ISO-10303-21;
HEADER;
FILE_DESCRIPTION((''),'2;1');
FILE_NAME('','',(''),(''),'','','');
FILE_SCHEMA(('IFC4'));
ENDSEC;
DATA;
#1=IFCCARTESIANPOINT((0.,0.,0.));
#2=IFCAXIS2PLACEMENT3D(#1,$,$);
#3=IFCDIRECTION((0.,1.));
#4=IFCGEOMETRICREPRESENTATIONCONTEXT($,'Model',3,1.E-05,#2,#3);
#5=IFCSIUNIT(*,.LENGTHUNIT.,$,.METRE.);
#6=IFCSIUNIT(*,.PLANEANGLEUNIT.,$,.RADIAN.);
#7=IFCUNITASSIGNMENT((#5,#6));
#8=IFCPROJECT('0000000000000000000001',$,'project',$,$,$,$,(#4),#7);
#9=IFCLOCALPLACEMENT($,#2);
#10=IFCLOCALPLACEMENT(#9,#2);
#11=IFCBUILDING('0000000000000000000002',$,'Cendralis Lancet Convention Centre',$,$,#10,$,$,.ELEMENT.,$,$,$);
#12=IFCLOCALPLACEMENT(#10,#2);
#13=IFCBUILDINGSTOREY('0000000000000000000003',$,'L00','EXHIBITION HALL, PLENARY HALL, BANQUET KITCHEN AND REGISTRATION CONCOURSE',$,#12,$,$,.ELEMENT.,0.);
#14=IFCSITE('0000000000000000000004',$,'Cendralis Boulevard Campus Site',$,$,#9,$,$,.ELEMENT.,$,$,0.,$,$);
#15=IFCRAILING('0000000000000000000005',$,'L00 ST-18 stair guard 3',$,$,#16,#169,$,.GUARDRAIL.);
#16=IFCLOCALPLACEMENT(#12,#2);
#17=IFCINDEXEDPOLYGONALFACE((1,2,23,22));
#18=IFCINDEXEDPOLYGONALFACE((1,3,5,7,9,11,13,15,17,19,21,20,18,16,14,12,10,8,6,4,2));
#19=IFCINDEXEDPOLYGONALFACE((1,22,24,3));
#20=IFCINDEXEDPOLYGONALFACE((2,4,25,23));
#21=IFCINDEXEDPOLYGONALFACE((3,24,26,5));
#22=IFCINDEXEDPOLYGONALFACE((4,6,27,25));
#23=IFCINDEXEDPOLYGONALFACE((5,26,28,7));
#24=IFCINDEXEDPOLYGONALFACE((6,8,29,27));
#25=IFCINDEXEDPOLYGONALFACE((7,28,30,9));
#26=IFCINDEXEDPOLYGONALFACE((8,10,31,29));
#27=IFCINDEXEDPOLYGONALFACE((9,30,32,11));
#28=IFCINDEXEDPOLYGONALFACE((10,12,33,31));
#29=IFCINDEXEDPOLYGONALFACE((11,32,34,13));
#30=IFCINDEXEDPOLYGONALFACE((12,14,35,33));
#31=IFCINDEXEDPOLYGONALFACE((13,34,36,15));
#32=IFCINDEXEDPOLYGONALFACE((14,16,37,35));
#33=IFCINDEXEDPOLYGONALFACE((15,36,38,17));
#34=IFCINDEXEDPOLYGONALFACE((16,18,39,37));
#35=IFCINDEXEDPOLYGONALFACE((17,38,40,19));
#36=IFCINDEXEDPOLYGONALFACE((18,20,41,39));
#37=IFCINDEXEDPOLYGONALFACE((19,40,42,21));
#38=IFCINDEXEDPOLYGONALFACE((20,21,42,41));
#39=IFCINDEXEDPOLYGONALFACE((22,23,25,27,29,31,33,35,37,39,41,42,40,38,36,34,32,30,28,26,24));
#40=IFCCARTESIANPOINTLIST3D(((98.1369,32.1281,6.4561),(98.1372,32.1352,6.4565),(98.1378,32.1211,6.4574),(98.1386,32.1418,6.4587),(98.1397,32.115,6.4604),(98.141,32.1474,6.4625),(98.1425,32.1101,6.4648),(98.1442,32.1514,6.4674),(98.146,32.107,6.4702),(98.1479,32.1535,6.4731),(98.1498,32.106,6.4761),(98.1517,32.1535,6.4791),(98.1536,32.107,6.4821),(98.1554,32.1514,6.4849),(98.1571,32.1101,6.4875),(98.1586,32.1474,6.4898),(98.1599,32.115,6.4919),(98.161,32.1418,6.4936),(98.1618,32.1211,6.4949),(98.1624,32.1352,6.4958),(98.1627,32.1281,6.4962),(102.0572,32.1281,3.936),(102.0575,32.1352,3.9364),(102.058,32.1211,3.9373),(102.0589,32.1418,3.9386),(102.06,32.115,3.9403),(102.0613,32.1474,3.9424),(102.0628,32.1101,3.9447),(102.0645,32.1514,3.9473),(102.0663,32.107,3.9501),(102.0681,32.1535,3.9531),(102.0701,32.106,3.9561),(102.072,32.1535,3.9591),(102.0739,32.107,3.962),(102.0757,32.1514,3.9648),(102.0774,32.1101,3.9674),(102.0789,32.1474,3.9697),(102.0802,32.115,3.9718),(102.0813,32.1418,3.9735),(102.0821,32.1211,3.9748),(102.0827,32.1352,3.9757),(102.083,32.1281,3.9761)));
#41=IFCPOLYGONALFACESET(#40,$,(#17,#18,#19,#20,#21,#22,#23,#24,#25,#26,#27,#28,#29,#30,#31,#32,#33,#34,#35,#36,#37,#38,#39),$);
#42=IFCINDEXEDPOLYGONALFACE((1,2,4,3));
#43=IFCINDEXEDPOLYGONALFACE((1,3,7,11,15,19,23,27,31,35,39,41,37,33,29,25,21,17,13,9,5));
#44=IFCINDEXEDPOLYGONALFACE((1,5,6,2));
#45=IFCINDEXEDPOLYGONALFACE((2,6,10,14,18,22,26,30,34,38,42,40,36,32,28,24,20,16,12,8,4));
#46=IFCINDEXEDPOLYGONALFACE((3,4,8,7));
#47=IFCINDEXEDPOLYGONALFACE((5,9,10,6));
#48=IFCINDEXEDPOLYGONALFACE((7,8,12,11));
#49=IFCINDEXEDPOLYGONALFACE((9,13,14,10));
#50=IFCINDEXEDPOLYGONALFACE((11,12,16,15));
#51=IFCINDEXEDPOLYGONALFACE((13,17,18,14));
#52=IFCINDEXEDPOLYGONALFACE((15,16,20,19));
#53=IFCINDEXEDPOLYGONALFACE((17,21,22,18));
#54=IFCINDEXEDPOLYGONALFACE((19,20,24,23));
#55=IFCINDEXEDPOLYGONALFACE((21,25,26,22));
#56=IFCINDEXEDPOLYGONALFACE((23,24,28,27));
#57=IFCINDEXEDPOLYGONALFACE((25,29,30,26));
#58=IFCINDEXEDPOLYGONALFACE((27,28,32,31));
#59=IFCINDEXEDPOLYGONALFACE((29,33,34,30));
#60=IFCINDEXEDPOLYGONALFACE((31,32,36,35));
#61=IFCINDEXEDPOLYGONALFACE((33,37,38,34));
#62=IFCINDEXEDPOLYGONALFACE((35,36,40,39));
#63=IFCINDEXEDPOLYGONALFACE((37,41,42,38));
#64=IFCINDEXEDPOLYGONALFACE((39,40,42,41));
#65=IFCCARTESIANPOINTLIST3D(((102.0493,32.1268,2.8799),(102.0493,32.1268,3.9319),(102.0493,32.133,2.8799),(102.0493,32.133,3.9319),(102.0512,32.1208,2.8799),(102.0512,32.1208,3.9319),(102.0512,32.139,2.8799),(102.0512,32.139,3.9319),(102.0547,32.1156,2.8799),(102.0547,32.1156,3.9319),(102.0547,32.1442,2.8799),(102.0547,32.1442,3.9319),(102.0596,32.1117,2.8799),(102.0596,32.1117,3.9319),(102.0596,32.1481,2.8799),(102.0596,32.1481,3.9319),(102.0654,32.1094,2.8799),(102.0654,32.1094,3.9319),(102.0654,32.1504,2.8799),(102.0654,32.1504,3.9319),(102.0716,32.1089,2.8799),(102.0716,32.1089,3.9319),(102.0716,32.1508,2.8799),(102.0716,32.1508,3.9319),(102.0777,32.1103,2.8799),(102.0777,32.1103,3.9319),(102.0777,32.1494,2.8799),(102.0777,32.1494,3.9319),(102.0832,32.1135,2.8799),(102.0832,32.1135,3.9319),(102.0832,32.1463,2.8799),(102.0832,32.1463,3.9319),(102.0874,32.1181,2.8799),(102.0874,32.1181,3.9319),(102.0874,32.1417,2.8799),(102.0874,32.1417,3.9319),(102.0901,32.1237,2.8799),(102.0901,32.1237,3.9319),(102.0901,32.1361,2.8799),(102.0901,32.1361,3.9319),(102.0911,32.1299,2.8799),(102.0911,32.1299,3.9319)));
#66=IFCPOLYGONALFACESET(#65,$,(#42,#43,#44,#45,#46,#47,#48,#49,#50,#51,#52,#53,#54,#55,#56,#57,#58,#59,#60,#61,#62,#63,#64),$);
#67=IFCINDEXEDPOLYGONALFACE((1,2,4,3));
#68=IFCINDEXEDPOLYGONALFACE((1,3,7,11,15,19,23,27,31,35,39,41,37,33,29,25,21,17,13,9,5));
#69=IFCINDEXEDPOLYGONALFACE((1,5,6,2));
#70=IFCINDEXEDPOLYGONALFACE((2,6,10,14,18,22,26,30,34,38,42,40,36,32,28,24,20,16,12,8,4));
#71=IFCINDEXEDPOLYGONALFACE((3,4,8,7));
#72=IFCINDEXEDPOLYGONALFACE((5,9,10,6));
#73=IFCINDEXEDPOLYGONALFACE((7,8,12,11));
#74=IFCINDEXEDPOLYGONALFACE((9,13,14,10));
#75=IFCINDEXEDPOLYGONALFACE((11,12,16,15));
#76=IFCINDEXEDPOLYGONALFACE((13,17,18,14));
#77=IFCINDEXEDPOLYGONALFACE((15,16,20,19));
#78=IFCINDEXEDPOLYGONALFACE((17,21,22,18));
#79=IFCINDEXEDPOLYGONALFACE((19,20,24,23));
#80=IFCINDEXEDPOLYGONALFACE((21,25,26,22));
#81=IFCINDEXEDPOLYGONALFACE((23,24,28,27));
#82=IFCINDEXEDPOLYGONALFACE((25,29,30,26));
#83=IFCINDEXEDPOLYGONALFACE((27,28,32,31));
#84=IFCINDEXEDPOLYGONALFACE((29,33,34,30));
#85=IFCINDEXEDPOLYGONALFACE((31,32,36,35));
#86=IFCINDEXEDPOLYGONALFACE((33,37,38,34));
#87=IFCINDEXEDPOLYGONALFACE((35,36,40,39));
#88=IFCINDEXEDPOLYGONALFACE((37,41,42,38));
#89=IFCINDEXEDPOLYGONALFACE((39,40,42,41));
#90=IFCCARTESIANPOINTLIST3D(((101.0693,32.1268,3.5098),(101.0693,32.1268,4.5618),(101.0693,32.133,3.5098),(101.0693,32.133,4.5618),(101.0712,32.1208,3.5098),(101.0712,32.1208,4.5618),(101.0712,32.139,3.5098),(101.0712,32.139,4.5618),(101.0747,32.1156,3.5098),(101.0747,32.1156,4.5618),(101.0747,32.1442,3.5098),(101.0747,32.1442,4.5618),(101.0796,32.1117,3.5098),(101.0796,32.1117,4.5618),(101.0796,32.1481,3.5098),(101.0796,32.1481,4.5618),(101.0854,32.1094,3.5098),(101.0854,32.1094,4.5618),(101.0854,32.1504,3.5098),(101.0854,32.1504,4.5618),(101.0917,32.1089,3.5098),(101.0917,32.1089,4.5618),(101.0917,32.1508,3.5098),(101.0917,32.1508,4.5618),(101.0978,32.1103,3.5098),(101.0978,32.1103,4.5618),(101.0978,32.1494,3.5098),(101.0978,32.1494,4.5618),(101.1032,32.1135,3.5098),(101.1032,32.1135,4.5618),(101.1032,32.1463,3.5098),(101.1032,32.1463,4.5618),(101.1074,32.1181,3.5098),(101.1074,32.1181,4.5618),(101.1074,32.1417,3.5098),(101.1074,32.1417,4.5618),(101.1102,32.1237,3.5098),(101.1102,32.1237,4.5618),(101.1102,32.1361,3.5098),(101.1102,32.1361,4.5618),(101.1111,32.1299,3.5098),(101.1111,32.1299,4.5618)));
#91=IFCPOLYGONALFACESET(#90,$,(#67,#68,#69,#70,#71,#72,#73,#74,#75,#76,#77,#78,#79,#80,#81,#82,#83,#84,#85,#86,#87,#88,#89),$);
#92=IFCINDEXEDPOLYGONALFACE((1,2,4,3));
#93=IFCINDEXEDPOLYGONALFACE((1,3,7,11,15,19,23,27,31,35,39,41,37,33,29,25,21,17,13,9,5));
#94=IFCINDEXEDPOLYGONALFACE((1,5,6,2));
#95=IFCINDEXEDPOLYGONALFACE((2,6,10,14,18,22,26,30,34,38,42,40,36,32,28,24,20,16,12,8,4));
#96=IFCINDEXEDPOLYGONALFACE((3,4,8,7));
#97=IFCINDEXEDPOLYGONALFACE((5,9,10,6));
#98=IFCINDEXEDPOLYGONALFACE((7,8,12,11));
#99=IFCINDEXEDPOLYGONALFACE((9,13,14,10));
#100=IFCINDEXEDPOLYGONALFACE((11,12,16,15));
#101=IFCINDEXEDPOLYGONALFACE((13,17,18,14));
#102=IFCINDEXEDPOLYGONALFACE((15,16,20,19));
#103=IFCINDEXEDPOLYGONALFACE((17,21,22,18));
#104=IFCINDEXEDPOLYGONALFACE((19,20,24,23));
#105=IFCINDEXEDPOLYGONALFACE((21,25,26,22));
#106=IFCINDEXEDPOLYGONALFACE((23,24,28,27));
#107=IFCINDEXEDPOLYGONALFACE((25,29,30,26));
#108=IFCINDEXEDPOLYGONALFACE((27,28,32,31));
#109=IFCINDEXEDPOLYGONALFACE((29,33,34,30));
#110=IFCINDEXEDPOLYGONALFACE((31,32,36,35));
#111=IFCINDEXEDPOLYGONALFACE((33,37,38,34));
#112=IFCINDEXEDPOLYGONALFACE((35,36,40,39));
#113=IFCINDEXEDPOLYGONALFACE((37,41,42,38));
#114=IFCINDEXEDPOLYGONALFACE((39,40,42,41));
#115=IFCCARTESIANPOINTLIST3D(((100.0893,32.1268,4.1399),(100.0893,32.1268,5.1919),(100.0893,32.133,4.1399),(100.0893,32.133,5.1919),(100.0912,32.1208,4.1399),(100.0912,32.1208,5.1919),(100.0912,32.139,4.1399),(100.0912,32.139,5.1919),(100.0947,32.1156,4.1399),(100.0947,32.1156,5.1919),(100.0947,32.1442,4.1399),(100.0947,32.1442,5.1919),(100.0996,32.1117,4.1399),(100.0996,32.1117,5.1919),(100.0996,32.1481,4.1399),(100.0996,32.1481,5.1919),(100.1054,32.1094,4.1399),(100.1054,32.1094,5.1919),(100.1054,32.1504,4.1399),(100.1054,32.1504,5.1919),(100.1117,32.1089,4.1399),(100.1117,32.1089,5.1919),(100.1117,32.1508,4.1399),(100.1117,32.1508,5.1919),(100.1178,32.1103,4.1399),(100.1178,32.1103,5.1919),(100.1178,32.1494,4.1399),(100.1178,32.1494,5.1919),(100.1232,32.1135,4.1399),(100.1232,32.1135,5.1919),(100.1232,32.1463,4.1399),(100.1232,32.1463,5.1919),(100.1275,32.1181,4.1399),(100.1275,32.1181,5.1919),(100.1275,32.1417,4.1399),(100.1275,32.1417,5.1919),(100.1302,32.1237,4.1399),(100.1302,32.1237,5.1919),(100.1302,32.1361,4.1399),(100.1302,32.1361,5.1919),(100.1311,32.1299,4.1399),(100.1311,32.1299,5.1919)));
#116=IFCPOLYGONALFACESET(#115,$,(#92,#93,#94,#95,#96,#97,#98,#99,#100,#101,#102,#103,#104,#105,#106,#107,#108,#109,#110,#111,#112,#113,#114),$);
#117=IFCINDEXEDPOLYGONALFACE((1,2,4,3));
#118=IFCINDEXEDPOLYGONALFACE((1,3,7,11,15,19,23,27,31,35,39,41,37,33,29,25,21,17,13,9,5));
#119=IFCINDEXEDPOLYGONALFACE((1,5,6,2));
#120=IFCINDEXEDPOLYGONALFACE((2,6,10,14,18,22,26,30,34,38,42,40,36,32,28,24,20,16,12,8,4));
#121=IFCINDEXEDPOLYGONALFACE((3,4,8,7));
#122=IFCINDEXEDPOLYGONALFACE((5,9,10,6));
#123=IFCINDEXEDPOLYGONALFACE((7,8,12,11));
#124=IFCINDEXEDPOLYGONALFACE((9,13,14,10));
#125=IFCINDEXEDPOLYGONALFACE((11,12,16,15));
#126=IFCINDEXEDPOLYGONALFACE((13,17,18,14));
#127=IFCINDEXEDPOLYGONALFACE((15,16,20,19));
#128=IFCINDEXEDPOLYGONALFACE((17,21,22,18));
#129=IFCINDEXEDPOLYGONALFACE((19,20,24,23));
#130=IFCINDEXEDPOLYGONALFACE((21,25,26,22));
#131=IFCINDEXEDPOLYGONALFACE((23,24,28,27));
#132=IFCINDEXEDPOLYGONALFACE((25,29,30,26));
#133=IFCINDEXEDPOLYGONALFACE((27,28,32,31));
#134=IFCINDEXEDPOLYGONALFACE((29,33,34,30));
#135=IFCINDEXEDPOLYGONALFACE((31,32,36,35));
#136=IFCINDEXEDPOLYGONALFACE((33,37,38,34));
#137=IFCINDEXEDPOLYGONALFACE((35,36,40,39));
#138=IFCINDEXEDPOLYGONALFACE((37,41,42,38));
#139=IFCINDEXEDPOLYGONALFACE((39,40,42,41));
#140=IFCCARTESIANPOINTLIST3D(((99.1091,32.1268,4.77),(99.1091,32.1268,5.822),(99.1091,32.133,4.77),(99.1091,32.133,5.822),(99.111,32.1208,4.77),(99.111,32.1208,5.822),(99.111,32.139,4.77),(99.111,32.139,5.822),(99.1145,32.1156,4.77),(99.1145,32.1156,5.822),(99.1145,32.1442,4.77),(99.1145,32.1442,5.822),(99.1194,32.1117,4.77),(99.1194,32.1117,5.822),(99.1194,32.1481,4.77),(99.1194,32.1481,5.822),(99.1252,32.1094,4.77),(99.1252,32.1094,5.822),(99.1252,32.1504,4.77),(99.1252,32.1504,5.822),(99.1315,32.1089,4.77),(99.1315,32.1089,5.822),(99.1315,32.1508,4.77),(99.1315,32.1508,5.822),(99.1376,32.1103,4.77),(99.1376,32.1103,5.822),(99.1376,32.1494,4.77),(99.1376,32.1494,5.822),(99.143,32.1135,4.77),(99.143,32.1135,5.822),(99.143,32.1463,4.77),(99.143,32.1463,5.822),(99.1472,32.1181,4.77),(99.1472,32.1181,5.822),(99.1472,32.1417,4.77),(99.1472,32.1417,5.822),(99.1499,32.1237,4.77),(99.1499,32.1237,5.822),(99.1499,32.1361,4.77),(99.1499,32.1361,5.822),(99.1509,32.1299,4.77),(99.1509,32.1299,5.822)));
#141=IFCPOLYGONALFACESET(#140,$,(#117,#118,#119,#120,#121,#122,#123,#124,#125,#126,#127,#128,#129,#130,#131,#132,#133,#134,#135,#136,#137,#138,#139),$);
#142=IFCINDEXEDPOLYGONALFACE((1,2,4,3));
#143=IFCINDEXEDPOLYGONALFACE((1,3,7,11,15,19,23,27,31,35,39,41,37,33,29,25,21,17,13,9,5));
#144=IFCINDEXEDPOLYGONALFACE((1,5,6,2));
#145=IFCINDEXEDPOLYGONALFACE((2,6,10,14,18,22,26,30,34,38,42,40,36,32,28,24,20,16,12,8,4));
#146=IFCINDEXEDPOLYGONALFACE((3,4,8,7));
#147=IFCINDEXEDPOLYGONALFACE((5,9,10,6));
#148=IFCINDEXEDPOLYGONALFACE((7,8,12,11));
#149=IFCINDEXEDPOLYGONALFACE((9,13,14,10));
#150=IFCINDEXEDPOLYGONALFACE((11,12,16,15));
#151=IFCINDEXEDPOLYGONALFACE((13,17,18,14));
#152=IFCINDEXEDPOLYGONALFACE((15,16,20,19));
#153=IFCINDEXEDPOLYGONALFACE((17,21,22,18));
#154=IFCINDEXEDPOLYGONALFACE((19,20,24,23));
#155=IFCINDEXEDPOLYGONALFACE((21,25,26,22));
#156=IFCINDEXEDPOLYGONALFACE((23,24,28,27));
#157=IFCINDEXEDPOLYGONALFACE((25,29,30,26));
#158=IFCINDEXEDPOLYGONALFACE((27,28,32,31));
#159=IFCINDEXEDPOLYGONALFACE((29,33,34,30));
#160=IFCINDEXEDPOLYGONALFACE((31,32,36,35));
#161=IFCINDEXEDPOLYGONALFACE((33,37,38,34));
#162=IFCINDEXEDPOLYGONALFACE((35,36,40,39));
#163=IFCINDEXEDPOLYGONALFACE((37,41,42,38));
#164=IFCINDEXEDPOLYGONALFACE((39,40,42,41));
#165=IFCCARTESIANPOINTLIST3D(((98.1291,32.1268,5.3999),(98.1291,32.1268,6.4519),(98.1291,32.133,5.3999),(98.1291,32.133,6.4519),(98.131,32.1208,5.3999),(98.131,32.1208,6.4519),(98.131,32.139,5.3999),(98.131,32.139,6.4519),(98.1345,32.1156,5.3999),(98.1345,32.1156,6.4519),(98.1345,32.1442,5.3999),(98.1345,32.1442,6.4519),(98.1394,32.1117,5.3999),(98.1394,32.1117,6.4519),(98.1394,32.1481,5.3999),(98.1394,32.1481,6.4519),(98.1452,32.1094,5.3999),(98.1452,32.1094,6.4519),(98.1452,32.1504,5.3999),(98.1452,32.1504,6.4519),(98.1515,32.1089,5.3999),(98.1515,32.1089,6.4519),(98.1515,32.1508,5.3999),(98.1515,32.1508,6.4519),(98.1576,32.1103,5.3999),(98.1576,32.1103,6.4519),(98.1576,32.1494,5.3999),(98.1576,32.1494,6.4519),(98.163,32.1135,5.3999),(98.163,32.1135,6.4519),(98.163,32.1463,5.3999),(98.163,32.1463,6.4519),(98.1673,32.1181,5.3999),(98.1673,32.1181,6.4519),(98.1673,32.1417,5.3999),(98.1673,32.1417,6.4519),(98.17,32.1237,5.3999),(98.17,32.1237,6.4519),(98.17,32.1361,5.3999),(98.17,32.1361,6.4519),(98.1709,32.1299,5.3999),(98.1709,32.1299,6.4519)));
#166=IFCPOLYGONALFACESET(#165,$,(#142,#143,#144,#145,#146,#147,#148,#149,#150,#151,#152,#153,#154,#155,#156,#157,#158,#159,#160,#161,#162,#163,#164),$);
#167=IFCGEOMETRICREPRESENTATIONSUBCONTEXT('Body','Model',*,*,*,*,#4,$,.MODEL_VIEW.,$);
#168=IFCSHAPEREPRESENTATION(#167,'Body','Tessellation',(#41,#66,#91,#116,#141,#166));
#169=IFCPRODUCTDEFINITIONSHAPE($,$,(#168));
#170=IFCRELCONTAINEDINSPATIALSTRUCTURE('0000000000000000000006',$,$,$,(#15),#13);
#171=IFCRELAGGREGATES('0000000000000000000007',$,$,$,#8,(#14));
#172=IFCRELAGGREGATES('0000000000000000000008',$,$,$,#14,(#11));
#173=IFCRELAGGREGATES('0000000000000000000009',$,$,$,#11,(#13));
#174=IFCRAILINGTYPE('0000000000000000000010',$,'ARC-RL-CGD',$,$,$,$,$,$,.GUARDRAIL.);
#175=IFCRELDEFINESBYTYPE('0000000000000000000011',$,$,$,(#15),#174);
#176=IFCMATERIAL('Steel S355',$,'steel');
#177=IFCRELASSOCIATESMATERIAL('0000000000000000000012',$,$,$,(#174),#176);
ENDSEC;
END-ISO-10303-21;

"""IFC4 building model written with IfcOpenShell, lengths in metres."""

from ifc_helpers import new_model, si_unit, direction, frame, origin, origin_2d, place, context, subcontext, project, spatial, circle, extrude, material, type_object, element, save


model = new_model("IFC4")

# Units and contexts
model_context = context("Model", 3, precision=1e-05, world=origin(), true_north=direction((0.0, 1.0)))
body_context = subcontext(model_context, "Body", "Model", "MODEL_VIEW")
ifc_project = project(units=[si_unit("LENGTHUNIT", "METRE"), si_unit("PLANEANGLEUNIT", "RADIAN")], contexts=[model_context])

# Site, building, storey
site_placement = place(None, origin())
site = spatial("IfcSite", under=ifc_project, at=site_placement, Name="Cendralis Boulevard Campus Site", CompositionType="ELEMENT", RefElevation=0.0)
building_placement = place(site_placement, origin())
building = spatial("IfcBuilding", under=site, at=building_placement, Name="Cendralis Lancet Convention Centre", CompositionType="ELEMENT")
storey_placement = place(building_placement, origin())
storey = spatial("IfcBuildingStorey", under=building, at=storey_placement, Name="L00", Description="EXHIBITION HALL, PLENARY HALL, BANQUET KITCHEN AND REGISTRATION CONCOURSE", CompositionType="ELEMENT", Elevation=0.0)

# Railing
ifc_material_1 = material(Name="Steel S355", Category="steel")
railing_type_1 = type_object("IfcRailingType", Name="ARC-RL-CGD", PredefinedType="GUARDRAIL", material=ifc_material_1)
railing_1_placement = place(storey_placement, frame((102.0701, 32.1299, 2.8799)))
element("IfcRailing", 1, at=railing_1_placement, inside=storey, type_object=railing_type_1, Name="L00 ST-18 stair guard 3", PredefinedType="GUARDRAIL", context=body_context, shape_type="SweptSolid", body=[
    extrude(circle(Radius=0.0239, at=origin_2d()), frame((0.0, 0.0, 1.0762), z_axis=(-0.841187, 0.0, 0.540744), x_axis=(0.0, -1.0, 0.0)), (0.0, 0.0, 1.0), 4.6604),
    extrude(circle(Radius=0.021, at=origin_2d()), origin(), (0.0, 0.0, 1.0), 1.052),
    extrude(circle(Radius=0.021, at=origin_2d()), frame((-0.98, 0.0, 0.6299)), (0.0, 0.0, 1.0), 1.052),
    extrude(circle(Radius=0.021, at=origin_2d()), frame((-1.96, 0.0, 1.26)), (0.0, 0.0, 1.0), 1.052),
    extrude(circle(Radius=0.021, at=origin_2d()), frame((-2.9402, 0.0, 1.8901)), (0.0, 0.0, 1.0), 1.052),
    extrude(circle(Radius=0.021, at=origin_2d()), frame((-3.9202, 0.0, 2.52)), (0.0, 0.0, 1.0), 1.052),
])

save(model, "model.ifc")
